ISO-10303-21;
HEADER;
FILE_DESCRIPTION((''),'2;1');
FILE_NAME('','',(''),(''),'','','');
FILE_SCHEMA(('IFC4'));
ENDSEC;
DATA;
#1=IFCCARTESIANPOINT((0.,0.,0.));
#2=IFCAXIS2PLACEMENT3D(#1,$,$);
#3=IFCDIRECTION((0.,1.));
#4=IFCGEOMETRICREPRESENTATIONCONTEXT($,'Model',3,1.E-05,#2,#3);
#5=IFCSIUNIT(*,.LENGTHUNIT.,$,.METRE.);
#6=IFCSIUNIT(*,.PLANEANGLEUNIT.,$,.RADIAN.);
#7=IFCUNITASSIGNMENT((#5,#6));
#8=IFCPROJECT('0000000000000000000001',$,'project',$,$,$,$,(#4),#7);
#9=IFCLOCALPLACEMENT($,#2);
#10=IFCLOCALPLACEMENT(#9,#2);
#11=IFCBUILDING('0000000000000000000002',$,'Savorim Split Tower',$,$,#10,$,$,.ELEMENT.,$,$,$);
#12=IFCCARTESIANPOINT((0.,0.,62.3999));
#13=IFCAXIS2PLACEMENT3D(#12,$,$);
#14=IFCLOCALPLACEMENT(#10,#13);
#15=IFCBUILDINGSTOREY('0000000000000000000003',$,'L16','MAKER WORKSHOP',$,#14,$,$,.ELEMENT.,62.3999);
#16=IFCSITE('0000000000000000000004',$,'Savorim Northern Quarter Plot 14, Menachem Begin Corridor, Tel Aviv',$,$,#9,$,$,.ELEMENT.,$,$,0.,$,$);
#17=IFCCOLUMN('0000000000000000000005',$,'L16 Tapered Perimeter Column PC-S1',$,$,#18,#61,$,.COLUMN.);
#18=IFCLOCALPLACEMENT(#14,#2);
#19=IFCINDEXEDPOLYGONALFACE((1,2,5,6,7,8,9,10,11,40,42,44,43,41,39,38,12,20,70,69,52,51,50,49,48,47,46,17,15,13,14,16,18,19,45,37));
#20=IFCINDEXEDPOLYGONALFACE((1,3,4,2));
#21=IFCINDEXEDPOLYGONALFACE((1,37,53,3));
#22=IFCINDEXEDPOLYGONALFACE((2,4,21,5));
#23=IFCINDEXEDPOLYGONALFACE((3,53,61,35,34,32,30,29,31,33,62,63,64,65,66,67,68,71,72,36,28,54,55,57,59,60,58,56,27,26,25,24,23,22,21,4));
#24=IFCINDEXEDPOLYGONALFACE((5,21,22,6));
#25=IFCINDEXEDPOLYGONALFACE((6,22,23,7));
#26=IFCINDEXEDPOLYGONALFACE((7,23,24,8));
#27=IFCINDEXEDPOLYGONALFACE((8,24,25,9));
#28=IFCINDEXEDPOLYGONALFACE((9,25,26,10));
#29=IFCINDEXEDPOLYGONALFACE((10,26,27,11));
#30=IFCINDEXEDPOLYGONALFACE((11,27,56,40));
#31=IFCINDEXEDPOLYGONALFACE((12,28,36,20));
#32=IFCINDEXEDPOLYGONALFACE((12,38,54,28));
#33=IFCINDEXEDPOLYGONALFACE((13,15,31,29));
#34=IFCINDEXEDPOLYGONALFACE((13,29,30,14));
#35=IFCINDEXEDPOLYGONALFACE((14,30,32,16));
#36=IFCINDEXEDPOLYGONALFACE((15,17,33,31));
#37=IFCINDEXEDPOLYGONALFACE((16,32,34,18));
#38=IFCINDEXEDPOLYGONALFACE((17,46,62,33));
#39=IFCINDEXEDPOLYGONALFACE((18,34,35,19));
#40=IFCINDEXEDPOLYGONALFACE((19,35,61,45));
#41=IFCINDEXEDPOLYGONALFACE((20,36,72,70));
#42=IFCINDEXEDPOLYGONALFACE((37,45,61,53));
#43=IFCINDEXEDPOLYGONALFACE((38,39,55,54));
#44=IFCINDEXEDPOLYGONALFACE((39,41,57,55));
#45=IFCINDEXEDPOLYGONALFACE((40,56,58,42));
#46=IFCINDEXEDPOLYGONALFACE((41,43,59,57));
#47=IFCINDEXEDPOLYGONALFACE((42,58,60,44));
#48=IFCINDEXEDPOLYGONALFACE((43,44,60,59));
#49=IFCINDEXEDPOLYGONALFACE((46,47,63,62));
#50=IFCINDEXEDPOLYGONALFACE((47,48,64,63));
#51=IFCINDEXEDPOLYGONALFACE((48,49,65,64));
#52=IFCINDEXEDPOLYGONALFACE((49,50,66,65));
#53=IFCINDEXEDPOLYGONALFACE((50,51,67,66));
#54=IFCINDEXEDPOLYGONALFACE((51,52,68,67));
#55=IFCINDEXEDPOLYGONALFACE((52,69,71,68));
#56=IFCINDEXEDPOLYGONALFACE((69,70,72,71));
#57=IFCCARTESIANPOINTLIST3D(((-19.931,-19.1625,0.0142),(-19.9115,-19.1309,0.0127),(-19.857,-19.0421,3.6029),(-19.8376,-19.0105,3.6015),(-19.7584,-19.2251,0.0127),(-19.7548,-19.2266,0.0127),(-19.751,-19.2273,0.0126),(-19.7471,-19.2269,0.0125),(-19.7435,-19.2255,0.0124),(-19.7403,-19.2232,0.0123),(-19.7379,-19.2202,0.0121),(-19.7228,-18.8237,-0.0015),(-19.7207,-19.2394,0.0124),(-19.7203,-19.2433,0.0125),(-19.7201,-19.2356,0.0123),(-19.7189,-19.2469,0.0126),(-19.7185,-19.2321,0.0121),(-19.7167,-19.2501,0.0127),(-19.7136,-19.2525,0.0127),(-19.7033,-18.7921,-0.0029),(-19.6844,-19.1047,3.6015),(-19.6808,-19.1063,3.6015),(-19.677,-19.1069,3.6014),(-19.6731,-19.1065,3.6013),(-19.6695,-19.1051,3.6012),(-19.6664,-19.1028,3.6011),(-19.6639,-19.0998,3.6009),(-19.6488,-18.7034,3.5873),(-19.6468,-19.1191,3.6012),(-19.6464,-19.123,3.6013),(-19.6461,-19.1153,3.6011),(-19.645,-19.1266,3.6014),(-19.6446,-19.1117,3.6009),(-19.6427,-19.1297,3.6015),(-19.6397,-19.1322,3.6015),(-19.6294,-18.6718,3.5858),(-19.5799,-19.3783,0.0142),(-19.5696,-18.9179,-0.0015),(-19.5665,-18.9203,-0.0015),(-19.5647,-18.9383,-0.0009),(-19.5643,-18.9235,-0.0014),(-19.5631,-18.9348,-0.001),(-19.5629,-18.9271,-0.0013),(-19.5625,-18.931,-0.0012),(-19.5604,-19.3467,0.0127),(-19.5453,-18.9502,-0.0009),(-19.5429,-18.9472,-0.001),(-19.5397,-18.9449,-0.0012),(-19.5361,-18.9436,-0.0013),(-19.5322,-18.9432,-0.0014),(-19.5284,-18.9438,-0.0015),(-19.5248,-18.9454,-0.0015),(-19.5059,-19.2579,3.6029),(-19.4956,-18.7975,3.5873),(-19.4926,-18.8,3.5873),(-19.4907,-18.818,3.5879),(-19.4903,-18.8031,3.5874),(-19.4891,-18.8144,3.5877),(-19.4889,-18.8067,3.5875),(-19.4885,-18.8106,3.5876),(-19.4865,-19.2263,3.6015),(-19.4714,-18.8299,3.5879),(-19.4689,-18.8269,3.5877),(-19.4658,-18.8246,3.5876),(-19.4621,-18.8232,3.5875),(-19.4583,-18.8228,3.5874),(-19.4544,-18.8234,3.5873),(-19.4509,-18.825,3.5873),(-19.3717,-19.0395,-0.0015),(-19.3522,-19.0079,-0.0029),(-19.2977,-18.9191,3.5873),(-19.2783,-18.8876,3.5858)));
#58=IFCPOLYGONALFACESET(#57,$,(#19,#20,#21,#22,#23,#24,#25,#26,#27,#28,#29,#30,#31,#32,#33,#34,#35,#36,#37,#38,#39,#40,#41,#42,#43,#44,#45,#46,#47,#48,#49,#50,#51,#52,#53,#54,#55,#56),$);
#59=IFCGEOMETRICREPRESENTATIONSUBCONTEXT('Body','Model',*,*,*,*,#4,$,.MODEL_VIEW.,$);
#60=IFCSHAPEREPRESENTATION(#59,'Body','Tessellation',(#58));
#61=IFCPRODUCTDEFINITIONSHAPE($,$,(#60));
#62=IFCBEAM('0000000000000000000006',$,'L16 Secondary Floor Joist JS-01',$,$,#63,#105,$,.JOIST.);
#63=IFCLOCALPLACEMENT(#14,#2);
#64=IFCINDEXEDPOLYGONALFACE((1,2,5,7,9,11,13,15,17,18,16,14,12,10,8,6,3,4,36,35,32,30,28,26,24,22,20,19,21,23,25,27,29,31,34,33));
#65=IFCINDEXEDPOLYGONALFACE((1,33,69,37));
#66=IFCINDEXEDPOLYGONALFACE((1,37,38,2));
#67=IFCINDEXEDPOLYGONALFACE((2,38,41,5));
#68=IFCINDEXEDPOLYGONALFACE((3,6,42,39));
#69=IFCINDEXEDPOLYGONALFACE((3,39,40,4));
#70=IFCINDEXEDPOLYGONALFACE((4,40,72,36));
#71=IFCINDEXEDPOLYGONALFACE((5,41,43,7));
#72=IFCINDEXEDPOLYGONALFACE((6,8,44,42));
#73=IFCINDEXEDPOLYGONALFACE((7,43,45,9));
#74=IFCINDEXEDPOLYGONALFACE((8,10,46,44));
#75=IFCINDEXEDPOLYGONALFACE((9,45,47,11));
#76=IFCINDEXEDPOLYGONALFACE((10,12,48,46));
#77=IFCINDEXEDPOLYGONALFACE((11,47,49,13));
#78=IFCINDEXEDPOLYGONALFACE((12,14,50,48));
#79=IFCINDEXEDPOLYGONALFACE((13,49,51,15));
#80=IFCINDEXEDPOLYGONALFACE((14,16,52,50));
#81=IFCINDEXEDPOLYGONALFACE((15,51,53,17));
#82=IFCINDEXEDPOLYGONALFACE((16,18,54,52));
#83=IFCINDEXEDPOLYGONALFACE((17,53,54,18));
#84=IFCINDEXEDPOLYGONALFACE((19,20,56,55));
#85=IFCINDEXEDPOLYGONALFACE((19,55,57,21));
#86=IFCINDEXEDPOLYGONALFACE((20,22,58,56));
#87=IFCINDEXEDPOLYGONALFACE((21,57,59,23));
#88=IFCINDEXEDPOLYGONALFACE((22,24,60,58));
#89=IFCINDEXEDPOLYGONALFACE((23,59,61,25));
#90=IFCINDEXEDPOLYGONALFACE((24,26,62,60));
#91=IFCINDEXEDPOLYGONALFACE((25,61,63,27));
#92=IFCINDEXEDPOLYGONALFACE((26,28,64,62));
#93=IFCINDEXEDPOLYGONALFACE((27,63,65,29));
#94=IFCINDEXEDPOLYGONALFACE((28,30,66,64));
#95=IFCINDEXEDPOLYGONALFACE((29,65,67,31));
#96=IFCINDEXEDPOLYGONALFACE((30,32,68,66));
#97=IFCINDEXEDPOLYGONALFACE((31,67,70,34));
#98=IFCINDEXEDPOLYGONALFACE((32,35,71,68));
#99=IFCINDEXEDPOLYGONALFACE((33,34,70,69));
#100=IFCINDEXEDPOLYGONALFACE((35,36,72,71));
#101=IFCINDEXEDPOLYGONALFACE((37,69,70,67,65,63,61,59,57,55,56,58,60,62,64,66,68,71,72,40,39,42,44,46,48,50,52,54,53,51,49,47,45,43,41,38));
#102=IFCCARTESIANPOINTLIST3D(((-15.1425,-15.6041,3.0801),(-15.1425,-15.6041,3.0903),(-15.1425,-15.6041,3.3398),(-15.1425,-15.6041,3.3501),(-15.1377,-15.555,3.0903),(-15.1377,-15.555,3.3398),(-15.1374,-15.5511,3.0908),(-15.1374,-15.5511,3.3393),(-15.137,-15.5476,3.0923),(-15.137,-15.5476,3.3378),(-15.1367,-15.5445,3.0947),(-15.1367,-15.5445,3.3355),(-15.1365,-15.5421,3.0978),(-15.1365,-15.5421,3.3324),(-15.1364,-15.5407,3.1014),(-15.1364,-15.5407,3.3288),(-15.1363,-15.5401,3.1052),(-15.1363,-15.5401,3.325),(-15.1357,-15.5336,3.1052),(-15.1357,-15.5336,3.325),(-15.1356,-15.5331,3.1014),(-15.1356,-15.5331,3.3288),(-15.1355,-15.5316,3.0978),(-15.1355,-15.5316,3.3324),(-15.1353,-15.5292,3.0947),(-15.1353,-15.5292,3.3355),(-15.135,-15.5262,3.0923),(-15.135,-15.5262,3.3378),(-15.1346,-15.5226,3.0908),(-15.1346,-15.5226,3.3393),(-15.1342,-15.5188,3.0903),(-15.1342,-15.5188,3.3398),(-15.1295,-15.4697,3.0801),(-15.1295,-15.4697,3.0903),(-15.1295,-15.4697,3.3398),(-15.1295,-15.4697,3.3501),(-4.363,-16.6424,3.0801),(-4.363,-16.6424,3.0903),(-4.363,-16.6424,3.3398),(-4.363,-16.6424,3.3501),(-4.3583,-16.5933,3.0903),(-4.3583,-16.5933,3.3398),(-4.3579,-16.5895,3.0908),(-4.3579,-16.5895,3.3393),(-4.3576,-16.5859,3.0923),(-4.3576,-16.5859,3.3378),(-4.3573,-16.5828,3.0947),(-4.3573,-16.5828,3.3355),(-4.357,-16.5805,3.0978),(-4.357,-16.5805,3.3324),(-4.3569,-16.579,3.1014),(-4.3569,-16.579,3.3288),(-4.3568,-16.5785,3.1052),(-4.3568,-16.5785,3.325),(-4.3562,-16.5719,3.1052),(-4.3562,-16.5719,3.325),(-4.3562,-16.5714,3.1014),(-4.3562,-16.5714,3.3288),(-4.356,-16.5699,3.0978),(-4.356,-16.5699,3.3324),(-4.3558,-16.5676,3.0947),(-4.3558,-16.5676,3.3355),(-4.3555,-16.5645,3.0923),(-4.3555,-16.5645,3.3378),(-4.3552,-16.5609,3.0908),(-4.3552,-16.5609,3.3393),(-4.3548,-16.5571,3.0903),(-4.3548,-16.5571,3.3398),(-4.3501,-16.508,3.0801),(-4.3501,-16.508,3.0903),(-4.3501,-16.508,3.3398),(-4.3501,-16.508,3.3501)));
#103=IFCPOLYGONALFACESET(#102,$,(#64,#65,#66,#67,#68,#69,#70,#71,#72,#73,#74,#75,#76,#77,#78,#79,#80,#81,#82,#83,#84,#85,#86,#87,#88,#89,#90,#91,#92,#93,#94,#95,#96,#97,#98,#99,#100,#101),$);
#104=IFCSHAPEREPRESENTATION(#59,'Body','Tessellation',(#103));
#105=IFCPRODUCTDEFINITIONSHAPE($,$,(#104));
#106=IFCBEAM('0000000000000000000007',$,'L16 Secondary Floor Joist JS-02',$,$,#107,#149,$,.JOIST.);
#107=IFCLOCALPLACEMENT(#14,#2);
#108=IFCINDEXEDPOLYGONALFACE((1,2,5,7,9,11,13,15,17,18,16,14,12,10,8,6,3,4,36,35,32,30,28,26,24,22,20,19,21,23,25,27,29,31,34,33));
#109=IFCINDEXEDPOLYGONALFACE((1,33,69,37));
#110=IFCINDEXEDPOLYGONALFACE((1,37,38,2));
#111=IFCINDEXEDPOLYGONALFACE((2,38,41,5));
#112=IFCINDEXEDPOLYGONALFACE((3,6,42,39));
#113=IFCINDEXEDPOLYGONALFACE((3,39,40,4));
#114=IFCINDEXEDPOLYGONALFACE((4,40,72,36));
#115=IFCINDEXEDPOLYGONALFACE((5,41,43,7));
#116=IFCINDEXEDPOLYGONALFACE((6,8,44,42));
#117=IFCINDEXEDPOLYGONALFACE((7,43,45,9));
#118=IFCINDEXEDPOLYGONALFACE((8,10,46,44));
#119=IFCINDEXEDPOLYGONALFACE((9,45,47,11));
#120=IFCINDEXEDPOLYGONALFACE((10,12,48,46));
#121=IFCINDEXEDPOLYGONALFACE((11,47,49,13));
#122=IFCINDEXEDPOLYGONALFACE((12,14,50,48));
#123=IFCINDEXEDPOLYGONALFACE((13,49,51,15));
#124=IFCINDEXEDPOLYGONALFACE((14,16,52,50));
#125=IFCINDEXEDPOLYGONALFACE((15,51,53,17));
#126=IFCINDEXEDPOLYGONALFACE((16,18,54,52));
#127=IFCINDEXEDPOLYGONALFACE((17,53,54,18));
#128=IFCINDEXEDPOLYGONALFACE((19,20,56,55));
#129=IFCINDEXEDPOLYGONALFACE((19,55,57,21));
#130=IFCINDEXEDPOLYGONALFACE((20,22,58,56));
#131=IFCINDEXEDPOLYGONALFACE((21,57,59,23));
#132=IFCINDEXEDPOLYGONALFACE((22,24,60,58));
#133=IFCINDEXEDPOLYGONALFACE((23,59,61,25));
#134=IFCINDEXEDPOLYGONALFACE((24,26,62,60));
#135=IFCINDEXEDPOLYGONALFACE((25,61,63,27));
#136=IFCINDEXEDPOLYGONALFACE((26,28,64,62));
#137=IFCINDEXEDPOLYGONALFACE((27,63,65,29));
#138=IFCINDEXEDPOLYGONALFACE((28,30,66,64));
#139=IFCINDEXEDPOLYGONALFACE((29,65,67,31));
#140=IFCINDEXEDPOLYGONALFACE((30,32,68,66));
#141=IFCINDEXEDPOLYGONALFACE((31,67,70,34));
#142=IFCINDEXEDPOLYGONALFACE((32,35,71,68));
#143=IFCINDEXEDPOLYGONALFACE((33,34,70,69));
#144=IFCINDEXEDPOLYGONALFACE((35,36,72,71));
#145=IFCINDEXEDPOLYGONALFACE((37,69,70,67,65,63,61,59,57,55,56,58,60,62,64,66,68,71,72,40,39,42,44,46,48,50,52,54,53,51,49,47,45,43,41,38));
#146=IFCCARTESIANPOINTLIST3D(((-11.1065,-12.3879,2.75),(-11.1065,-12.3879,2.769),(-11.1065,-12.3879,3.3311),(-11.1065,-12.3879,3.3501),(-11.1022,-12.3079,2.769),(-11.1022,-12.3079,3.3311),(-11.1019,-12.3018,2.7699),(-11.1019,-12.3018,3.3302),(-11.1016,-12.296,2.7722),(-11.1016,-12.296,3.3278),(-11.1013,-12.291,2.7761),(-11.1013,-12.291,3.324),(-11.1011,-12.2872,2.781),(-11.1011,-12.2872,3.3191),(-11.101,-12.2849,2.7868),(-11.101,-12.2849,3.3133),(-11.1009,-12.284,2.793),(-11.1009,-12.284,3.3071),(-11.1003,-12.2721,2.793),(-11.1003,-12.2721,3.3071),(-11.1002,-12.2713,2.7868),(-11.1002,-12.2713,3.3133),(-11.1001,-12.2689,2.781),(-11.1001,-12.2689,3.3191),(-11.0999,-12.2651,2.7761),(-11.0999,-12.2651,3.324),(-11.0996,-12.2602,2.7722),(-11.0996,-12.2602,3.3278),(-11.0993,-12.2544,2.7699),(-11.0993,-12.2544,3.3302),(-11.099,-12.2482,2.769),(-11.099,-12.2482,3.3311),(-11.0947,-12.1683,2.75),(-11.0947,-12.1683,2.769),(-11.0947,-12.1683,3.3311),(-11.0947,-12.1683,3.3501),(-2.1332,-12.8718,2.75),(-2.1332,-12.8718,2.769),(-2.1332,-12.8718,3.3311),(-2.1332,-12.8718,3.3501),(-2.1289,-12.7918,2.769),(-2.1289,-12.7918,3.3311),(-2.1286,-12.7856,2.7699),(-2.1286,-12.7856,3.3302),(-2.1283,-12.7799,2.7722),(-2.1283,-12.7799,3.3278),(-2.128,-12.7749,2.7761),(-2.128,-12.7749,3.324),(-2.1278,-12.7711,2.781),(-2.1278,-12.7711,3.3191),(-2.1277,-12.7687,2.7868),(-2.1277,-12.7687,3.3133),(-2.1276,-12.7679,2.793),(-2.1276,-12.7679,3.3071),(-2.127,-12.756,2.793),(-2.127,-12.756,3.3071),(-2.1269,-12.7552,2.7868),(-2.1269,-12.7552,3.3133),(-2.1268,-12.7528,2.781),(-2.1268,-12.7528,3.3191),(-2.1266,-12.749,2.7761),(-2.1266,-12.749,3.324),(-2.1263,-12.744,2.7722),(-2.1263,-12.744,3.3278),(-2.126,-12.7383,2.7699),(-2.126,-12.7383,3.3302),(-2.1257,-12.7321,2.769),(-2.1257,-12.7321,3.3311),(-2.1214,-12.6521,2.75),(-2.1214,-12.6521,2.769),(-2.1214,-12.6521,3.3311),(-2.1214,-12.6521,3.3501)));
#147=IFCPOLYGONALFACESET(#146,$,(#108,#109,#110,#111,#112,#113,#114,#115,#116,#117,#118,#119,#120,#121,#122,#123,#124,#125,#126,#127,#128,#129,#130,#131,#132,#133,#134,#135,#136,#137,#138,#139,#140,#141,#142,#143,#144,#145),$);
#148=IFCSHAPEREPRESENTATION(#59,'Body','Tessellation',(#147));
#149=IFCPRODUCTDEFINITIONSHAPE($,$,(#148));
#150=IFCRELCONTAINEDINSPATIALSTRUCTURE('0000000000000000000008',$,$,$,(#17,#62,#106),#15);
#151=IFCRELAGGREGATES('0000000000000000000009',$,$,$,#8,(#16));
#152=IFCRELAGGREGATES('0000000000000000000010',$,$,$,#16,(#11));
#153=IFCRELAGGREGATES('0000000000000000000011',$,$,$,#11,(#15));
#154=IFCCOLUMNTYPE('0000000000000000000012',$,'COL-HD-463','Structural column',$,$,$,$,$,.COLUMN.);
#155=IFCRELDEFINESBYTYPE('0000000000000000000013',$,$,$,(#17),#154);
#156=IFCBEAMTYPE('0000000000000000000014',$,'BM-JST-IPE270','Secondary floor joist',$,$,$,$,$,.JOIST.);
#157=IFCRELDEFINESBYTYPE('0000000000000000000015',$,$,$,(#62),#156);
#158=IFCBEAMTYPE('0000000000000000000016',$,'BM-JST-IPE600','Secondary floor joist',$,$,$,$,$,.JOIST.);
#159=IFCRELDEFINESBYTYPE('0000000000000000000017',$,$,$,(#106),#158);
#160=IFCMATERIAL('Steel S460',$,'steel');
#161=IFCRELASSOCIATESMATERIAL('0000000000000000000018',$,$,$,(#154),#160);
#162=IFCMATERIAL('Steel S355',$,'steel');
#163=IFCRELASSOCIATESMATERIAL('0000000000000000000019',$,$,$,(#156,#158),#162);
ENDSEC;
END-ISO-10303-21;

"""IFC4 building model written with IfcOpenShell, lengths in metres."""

from ifc_helpers import new_model, si_unit, direction, frame, origin, origin_2d, place, context, subcontext, project, spatial, i_section, extrude, material, material_profile, profile_set, type_object, element, save


model = new_model("IFC4")

# Units and contexts
model_context = context("Model", 3, precision=1e-05, world=origin(), true_north=direction((0.0, 1.0)))
body_context = subcontext(model_context, "Body", "Model", "MODEL_VIEW")
ifc_project = project(units=[si_unit("LENGTHUNIT", "METRE"), si_unit("PLANEANGLEUNIT", "RADIAN")], contexts=[model_context])

# Site, building, storey
site_placement = place(None, origin())
site = spatial("IfcSite", under=ifc_project, at=site_placement, Name="Savorim Northern Quarter Plot 14, Menachem Begin Corridor, Tel Aviv", CompositionType="ELEMENT", RefElevation=0.0)
building_placement = place(site_placement, origin())
building = spatial("IfcBuilding", under=site, at=building_placement, Name="Savorim Split Tower", CompositionType="ELEMENT")
storey_placement = place(building_placement, frame((0.0, 0.0, 62.3999)))
storey = spatial("IfcBuildingStorey", under=building, at=storey_placement, Name="L16", Description="MAKER WORKSHOP", CompositionType="ELEMENT", Elevation=62.3999)

# Column
ifc_material_1 = material(Name="Steel S460", Category="steel")
ifc_material_profile_1 = material_profile(ifc_material_1, i_section(OverallWidth=0.4121, OverallDepth=0.4351, WebThickness=0.0227, FlangeThickness=0.0371, FilletRadius=0.0149, at=origin_2d()), Name="HD 400x463")
ifc_profile_set_1 = profile_set([ifc_material_profile_1], Name="Steel S460")
column_type = type_object("IfcColumnType", Name="COL-HD-463", Description="Structural column", PredefinedType="COLUMN", material=ifc_profile_set_1)
column_placement = place(storey_placement, frame((-19.6416, -19.0852, 0.0056), z_axis=(0.020596, 0.033511, 0.999226), x_axis=(-0.851955, 0.523615, 0.0)))
element("IfcColumn", 1, at=column_placement, inside=storey, type_object=column_type, Name="L16 Tapered Perimeter Column PC-S1", PredefinedType="COLUMN", context=body_context, shape_type="SweptSolid", body=[
    extrude(i_section(OverallWidth=0.4121, OverallDepth=0.4351, WebThickness=0.0227, FlangeThickness=0.0371, FilletRadius=0.0149, at=origin_2d()), origin(), (0.0, 0.0, 1.0), 3.5916),
])

# Beams
ifc_material_2 = material(Name="Steel S355", Category="steel")
ifc_material_profile_2 = material_profile(ifc_material_2, i_section(OverallWidth=0.135, OverallDepth=0.27, WebThickness=0.0066, FlangeThickness=0.0103, FilletRadius=0.0149, at=origin_2d()), Name="IPE 270")
ifc_profile_set_2 = profile_set([ifc_material_profile_2], Name="Steel S355")
beam_type_1 = type_object("IfcBeamType", Name="BM-JST-IPE270", Description="Secondary floor joist", PredefinedType="JOIST", material=ifc_profile_set_2)
beam_1_placement = place(storey_placement, frame((-15.136, -15.5369, 3.2151), z_axis=(0.995393, -0.09588, 0.0), x_axis=(0.09588, 0.995393, 0.0)))
element("IfcBeam", 2, at=beam_1_placement, inside=storey, type_object=beam_type_1, Name="L16 Secondary Floor Joist JS-01", PredefinedType="JOIST", context=body_context, shape_type="SweptSolid", body=[
    extrude(i_section(OverallWidth=0.135, OverallDepth=0.27, WebThickness=0.0066, FlangeThickness=0.0103, FilletRadius=0.0149, at=origin_2d()), origin(), (0.0, 0.0, 1.0), 10.8293),
])
ifc_material_profile_3 = material_profile(ifc_material_2, i_section(OverallWidth=0.22, OverallDepth=0.6001, WebThickness=0.012, FlangeThickness=0.019, FilletRadius=0.0239, at=origin_2d()), Name="IPE 600")
ifc_profile_set_3 = profile_set([ifc_material_profile_3], Name="Steel S355")
beam_type_2 = type_object("IfcBeamType", Name="BM-JST-IPE600", Description="Secondary floor joist", PredefinedType="JOIST", material=ifc_profile_set_3)
beam_2_placement = place(storey_placement, frame((-11.1006, -12.2781, 3.05), z_axis=(0.998549, -0.053846, 0.0), x_axis=(0.053846, 0.998549, 0.0)))
element("IfcBeam", 3, at=beam_2_placement, inside=storey, type_object=beam_type_2, Name="L16 Secondary Floor Joist JS-02", PredefinedType="JOIST", context=body_context, shape_type="SweptSolid", body=[
    extrude(i_section(OverallWidth=0.22, OverallDepth=0.6001, WebThickness=0.012, FlangeThickness=0.019, FilletRadius=0.0239, at=origin_2d()), origin(), (0.0, 0.0, 1.0), 8.9863),
])

save(model, "model.ifc")
